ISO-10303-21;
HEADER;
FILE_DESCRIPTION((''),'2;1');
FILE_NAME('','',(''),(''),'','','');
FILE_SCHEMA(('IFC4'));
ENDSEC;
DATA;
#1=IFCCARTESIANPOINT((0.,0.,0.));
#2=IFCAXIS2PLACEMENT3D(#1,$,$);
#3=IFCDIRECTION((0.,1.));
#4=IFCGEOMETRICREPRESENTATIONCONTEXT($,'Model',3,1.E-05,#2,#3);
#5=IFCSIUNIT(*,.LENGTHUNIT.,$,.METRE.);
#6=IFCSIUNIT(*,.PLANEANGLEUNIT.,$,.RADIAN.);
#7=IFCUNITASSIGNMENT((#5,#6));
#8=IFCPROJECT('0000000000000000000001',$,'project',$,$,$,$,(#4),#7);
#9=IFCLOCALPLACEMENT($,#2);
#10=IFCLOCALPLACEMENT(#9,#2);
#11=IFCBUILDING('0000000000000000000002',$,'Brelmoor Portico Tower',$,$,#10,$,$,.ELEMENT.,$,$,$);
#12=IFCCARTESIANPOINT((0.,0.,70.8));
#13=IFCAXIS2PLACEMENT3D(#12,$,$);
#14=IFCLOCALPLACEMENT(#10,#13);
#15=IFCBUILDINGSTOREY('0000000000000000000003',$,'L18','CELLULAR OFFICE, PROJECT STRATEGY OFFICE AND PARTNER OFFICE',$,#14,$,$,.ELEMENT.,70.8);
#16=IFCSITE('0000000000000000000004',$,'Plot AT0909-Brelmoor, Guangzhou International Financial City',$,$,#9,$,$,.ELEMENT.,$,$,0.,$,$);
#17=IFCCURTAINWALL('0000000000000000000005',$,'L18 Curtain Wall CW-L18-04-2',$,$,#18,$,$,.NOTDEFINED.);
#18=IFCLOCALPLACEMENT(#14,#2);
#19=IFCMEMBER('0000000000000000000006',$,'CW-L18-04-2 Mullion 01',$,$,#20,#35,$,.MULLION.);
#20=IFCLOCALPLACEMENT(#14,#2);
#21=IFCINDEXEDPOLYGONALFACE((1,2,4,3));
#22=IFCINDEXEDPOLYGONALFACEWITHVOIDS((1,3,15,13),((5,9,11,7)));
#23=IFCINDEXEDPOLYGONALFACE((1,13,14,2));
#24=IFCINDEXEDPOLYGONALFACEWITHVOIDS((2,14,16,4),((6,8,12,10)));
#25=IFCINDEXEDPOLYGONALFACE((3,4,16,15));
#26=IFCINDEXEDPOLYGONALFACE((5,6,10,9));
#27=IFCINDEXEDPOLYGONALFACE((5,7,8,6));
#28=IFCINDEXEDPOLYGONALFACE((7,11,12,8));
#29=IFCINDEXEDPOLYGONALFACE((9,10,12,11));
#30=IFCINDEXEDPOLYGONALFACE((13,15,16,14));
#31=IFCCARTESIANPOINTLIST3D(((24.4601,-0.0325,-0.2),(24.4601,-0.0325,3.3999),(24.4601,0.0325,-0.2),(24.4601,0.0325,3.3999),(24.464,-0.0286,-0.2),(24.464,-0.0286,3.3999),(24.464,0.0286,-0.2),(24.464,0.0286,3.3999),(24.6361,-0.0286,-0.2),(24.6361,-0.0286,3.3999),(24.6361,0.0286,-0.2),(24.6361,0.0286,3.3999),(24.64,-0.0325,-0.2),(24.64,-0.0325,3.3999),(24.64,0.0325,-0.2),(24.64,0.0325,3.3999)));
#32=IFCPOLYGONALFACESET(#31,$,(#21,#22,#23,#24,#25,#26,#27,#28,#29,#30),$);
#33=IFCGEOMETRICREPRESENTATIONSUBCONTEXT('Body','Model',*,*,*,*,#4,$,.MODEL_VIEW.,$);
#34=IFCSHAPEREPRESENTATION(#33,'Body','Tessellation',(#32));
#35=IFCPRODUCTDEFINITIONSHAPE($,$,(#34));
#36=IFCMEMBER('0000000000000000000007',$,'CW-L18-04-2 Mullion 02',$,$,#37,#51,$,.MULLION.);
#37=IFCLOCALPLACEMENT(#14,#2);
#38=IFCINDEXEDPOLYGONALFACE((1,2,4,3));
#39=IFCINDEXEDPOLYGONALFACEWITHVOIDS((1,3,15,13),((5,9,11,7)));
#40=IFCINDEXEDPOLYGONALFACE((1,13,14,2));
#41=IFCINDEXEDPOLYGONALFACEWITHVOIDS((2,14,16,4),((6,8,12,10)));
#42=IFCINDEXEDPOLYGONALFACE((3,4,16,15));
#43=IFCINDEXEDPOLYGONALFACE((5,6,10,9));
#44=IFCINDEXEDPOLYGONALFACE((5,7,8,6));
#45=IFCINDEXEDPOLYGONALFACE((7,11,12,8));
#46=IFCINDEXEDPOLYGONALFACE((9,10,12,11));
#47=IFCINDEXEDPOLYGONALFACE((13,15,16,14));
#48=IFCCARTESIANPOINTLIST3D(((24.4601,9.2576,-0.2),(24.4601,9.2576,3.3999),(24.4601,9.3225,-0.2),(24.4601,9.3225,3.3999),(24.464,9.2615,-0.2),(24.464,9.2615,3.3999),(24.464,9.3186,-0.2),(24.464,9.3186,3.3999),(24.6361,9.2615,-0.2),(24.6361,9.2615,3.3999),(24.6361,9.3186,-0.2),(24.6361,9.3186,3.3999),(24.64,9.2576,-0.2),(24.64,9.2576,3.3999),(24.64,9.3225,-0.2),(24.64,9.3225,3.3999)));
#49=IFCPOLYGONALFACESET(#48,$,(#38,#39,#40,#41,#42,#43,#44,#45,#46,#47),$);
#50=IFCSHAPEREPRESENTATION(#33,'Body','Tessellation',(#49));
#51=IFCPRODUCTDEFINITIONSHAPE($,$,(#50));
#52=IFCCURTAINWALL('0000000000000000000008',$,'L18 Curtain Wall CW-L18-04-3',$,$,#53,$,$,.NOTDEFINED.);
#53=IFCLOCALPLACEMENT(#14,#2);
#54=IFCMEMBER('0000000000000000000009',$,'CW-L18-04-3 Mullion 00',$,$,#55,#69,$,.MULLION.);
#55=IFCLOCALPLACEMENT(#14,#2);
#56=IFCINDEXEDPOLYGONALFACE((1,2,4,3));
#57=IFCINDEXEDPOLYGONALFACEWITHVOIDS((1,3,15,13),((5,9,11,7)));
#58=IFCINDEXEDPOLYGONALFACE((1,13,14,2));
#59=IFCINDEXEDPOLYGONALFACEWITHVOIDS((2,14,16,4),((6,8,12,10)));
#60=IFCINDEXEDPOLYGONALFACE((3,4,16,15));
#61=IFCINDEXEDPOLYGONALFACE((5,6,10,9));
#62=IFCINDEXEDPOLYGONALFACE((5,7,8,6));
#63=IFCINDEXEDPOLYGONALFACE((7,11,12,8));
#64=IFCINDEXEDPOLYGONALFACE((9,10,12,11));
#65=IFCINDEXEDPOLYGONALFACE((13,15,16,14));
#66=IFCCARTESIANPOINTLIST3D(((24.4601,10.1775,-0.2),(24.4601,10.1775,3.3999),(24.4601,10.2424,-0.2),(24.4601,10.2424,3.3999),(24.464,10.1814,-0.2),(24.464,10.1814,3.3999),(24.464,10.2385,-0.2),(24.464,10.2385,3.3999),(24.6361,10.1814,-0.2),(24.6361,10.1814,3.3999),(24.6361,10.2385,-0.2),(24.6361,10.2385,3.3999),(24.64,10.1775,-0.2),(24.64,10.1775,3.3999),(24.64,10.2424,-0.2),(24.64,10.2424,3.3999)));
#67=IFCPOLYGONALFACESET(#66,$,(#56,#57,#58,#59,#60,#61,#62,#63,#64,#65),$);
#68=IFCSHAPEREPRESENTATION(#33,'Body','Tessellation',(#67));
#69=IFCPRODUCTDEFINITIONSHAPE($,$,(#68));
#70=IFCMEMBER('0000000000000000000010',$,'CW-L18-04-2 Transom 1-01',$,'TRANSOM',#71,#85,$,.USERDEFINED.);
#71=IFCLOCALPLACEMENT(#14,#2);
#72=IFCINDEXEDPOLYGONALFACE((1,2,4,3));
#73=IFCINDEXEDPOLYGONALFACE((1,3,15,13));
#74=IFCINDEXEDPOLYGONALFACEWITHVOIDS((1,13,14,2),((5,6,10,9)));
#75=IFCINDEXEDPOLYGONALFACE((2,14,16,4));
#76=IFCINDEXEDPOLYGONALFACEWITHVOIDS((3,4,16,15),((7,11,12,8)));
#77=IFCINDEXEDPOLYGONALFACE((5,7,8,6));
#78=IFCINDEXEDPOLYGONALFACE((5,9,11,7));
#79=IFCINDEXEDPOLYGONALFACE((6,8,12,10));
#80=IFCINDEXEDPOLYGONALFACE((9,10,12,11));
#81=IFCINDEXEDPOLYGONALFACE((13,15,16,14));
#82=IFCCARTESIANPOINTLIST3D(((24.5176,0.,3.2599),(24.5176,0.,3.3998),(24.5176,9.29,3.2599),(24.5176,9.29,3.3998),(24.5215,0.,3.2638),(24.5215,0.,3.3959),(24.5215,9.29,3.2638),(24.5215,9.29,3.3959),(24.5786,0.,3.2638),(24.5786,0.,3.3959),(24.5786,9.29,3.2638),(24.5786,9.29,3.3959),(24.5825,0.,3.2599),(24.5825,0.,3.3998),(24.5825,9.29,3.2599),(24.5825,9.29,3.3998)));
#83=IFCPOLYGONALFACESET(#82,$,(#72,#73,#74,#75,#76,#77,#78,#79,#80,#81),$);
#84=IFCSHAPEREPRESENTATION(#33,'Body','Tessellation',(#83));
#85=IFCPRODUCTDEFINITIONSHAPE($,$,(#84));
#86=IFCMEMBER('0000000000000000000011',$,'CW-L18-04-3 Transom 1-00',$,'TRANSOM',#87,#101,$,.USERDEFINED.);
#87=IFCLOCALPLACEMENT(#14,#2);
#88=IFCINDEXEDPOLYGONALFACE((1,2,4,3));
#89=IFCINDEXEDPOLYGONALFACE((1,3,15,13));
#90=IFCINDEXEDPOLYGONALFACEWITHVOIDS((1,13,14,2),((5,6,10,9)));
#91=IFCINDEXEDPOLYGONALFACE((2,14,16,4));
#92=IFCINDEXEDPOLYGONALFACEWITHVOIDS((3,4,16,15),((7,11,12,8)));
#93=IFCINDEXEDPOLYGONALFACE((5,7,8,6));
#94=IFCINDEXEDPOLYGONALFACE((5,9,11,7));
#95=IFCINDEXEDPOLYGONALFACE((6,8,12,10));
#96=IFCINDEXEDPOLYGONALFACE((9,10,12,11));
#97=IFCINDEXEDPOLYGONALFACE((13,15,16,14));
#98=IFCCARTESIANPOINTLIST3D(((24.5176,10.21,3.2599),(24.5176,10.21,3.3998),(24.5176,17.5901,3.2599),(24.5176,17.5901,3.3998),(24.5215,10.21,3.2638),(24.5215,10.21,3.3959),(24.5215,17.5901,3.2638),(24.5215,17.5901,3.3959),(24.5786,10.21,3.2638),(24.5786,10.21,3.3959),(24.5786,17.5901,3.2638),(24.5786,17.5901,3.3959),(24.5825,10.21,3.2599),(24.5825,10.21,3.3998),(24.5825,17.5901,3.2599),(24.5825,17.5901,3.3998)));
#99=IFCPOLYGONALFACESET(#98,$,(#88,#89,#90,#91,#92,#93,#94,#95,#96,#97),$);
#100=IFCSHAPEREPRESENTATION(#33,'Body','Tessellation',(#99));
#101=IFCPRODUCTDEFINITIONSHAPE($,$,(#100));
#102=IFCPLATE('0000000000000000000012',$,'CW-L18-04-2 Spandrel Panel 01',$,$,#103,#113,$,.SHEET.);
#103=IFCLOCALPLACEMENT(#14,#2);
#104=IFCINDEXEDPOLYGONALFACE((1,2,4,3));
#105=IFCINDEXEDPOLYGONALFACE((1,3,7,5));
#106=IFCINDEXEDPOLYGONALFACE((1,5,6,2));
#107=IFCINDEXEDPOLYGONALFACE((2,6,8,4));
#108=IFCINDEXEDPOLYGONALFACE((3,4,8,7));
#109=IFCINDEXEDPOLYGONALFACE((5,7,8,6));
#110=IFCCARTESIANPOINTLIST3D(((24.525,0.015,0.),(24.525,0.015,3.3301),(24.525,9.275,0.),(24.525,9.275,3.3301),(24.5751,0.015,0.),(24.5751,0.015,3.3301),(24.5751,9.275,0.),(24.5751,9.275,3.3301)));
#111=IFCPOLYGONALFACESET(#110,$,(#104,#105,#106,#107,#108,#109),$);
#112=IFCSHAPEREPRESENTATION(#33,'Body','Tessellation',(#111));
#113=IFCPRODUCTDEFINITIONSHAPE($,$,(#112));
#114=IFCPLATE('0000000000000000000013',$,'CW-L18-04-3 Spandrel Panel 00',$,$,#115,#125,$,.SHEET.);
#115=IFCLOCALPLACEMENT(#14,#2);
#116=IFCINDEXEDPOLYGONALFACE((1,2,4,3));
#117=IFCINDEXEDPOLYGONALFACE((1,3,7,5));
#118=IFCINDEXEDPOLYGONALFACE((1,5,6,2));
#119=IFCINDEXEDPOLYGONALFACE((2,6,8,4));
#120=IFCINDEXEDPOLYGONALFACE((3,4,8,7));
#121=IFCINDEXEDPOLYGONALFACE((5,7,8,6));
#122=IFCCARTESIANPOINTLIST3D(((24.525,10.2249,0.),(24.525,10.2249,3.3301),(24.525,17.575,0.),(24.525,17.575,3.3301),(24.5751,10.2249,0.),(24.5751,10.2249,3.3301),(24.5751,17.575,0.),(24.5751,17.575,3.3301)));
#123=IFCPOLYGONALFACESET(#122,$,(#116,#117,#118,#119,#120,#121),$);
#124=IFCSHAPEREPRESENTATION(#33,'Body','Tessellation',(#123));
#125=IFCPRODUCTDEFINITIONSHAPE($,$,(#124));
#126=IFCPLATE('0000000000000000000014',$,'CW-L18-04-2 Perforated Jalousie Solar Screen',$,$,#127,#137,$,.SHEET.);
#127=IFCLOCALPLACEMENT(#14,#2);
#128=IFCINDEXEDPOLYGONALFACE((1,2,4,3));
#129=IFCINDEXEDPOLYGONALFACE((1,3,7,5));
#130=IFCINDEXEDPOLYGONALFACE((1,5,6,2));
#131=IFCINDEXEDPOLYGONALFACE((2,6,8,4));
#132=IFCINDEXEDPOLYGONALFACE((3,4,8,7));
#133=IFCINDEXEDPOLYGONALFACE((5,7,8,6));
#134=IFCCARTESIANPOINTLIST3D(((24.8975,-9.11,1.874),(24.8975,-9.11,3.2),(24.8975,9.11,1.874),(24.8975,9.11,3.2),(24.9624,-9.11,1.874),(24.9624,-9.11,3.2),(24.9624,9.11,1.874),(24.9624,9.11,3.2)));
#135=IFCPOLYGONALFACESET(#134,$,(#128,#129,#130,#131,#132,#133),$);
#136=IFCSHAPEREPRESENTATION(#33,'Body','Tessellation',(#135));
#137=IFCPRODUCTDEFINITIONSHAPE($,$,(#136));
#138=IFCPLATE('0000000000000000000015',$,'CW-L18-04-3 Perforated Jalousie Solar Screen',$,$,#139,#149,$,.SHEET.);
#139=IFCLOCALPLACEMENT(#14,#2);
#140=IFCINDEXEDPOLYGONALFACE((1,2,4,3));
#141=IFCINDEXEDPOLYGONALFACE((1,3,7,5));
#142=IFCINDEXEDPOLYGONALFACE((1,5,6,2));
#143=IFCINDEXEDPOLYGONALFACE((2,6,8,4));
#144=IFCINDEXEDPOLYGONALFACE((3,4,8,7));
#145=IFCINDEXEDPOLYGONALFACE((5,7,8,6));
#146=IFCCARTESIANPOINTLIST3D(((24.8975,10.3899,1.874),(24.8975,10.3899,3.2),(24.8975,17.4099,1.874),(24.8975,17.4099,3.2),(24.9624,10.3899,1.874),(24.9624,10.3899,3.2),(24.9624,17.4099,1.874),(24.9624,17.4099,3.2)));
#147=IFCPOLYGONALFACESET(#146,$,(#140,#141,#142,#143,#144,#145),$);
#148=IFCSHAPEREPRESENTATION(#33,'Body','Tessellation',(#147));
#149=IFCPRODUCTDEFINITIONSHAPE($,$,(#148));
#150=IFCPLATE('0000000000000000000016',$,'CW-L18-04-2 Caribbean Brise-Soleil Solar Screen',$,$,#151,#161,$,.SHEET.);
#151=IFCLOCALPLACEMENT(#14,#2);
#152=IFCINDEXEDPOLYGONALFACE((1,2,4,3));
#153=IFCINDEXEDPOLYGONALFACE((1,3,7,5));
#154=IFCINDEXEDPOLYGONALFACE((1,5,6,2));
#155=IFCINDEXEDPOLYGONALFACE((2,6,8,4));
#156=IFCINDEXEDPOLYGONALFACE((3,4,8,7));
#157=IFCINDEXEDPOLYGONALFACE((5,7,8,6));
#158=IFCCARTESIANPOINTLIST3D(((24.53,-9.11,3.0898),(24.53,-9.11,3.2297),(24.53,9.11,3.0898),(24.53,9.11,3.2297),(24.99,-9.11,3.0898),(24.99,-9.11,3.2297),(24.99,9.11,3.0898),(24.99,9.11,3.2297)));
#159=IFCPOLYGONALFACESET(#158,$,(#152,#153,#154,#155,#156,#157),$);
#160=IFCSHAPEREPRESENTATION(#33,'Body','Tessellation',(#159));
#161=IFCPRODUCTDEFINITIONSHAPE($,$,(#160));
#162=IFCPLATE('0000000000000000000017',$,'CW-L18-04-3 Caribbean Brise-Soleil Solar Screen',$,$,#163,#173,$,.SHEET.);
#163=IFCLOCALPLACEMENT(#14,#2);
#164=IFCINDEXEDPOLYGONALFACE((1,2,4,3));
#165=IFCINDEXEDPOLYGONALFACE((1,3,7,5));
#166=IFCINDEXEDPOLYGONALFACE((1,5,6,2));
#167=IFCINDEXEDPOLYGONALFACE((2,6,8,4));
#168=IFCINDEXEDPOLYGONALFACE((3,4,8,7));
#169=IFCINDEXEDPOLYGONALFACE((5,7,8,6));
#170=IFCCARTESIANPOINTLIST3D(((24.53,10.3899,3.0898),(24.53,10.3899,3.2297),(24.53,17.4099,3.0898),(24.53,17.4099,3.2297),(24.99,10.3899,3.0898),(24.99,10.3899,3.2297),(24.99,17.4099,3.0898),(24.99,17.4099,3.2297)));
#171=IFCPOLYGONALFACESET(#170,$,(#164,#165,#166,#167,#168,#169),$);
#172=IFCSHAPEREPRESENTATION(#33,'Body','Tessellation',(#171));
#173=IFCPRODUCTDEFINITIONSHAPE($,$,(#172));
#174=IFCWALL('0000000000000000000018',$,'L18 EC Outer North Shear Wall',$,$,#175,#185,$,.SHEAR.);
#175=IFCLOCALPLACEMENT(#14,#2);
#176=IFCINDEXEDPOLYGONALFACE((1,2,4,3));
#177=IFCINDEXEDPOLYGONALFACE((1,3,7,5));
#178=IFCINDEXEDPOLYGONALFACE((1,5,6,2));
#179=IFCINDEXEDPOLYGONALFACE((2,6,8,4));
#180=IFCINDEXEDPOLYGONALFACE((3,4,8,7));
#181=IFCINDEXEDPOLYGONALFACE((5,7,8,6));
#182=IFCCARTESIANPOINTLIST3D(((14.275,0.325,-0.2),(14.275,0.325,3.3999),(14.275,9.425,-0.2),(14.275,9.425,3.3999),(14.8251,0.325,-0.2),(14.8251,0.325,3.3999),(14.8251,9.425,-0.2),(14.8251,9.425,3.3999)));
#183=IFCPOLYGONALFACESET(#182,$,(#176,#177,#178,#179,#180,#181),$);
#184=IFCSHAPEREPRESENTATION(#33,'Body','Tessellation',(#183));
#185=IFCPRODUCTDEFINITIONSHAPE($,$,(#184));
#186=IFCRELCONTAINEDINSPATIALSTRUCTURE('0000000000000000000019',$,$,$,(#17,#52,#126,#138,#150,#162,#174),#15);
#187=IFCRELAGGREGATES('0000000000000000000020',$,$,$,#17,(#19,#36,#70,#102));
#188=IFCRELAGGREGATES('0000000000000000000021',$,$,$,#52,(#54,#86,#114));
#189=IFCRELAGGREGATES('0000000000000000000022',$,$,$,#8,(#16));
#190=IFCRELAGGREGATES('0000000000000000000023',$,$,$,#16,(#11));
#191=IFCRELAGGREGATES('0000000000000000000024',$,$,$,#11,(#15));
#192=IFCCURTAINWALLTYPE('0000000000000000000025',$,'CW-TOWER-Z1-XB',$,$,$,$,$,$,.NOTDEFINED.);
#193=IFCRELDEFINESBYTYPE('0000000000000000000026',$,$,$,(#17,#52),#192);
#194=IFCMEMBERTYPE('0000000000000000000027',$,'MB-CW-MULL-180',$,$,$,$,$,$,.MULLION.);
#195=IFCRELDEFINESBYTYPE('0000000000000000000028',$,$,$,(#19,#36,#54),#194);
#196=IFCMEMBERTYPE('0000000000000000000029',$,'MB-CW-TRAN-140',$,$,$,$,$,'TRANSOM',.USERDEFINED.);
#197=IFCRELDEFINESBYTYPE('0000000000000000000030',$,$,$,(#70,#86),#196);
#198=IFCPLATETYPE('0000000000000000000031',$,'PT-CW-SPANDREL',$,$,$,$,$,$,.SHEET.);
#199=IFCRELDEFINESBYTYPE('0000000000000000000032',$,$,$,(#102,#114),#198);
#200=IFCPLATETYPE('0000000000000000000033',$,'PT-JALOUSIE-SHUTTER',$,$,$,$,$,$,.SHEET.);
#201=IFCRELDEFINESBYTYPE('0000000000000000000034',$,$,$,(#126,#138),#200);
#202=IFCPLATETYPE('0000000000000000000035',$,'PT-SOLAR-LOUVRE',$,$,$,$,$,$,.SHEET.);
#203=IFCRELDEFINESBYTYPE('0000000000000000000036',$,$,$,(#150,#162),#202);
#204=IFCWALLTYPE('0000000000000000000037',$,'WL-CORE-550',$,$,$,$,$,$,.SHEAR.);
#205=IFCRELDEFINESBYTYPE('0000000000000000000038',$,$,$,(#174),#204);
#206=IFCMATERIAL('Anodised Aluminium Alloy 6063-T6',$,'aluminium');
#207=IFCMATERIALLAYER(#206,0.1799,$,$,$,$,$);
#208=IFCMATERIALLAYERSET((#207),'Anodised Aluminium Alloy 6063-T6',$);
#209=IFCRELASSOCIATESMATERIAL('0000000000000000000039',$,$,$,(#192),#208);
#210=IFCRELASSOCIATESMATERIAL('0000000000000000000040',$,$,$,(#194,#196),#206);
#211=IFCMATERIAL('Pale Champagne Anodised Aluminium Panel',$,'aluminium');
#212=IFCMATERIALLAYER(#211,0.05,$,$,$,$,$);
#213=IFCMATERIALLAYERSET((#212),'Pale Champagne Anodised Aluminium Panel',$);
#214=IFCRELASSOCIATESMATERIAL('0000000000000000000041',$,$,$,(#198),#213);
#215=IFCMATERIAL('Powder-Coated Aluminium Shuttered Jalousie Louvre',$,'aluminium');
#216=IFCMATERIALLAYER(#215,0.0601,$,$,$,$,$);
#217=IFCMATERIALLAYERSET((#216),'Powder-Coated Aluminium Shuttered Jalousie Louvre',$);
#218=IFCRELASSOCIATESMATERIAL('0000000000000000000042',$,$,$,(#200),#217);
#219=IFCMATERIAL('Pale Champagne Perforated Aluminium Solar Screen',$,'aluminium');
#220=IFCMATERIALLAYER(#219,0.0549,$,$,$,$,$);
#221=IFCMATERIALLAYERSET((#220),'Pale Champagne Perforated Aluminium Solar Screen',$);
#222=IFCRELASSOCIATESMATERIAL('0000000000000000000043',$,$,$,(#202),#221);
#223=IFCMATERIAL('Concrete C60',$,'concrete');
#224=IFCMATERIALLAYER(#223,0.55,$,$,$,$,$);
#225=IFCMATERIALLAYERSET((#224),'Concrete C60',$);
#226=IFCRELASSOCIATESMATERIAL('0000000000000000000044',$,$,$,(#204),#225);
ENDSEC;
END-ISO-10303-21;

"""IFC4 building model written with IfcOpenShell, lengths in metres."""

from ifc_helpers import new_model, si_unit, direction, frame, frame_2d, origin, origin_2d, place, context, subcontext, project, spatial, rectangle, hollow_rectangle, extrude, material, layer, layer_set, material_profile, profile_set, type_object, element, aggregate, save


model = new_model("IFC4")

# Units and contexts
model_context = context("Model", 3, precision=1e-05, world=origin(), true_north=direction((0.0, 1.0)))
body_context = subcontext(model_context, "Body", "Model", "MODEL_VIEW")
ifc_project = project(units=[si_unit("LENGTHUNIT", "METRE"), si_unit("PLANEANGLEUNIT", "RADIAN")], contexts=[model_context])

# Site, building, storey
site_placement = place(None, origin())
site = spatial("IfcSite", under=ifc_project, at=site_placement, Name="Plot AT0909-Brelmoor, Guangzhou International Financial City", CompositionType="ELEMENT", RefElevation=0.0)
building_placement = place(site_placement, origin())
building = spatial("IfcBuilding", under=site, at=building_placement, Name="Brelmoor Portico Tower", CompositionType="ELEMENT")
storey_placement = place(building_placement, frame((0.0, 0.0, 70.8)))
storey = spatial("IfcBuildingStorey", under=building, at=storey_placement, Name="L18", Description="CELLULAR OFFICE, PROJECT STRATEGY OFFICE AND PARTNER OFFICE", CompositionType="ELEMENT", Elevation=70.8)

# Curtain wall, members
ifc_material_1 = material(Name="Anodised Aluminium Alloy 6063-T6", Category="aluminium")
ifc_layer_1 = layer(ifc_material_1, 0.1799)
ifc_layer_set_1 = layer_set([ifc_layer_1], Name="Anodised Aluminium Alloy 6063-T6")
curtain_wall_type = type_object("IfcCurtainWallType", Name="CW-TOWER-Z1-XB", PredefinedType="NOTDEFINED", material=ifc_layer_set_1)
curtain_wall_1_placement = place(storey_placement, origin())
curtain_wall_1 = element("IfcCurtainWall", 1, at=curtain_wall_1_placement, inside=storey, type_object=curtain_wall_type, Name="L18 Curtain Wall CW-L18-04-2", PredefinedType="NOTDEFINED")
ifc_material_profile_1 = material_profile(ifc_material_1, hollow_rectangle(XDim=0.0649, YDim=0.1799, WallThickness=0.0039, at=origin_2d()), Name="ALU MULLION 65x180")
ifc_profile_set_1 = profile_set([ifc_material_profile_1], Name="Anodised Aluminium Alloy 6063-T6")
member_type_1 = type_object("IfcMemberType", Name="MB-CW-MULL-180", PredefinedType="MULLION", material=ifc_profile_set_1)
member_1_placement = place(storey_placement, frame((24.55, 0.0, -0.2), z_axis=(0.0, 0.0, 1.0), x_axis=(0.0, 1.0, 0.0)))
member_1 = element("IfcMember", 2, at=member_1_placement, type_object=member_type_1, Name="CW-L18-04-2 Mullion 01", PredefinedType="MULLION", context=body_context, shape_type="SweptSolid", body=[
    extrude(hollow_rectangle(XDim=0.0649, YDim=0.1799, WallThickness=0.0039, at=origin_2d()), origin(), (0.0, 0.0, 1.0), 3.5999),
])
member_2_placement = place(storey_placement, frame((24.55, 9.29, -0.2), z_axis=(0.0, 0.0, 1.0), x_axis=(0.0, 1.0, 0.0)))
member_2 = element("IfcMember", 3, at=member_2_placement, type_object=member_type_1, Name="CW-L18-04-2 Mullion 02", PredefinedType="MULLION", context=body_context, shape_type="SweptSolid", body=[
    extrude(hollow_rectangle(XDim=0.0649, YDim=0.1799, WallThickness=0.0039, at=origin_2d()), origin(), (0.0, 0.0, 1.0), 3.5999),
])

# Curtain wall, member
curtain_wall_2_placement = place(storey_placement, origin())
curtain_wall_2 = element("IfcCurtainWall", 4, at=curtain_wall_2_placement, inside=storey, type_object=curtain_wall_type, Name="L18 Curtain Wall CW-L18-04-3", PredefinedType="NOTDEFINED")
member_3_placement = place(storey_placement, frame((24.55, 10.21, -0.2), z_axis=(0.0, 0.0, 1.0), x_axis=(0.0, 1.0, 0.0)))
member_3 = element("IfcMember", 5, at=member_3_placement, type_object=member_type_1, Name="CW-L18-04-3 Mullion 00", PredefinedType="MULLION", context=body_context, shape_type="SweptSolid", body=[
    extrude(hollow_rectangle(XDim=0.0649, YDim=0.1799, WallThickness=0.0039, at=origin_2d()), origin(), (0.0, 0.0, 1.0), 3.5999),
])

# Members
ifc_material_profile_2 = material_profile(ifc_material_1, hollow_rectangle(XDim=0.0649, YDim=0.1399, WallThickness=0.0039, at=origin_2d()), Name="ALU TRANSOM 65x140")
ifc_profile_set_2 = profile_set([ifc_material_profile_2], Name="Anodised Aluminium Alloy 6063-T6")
member_type_2 = type_object("IfcMemberType", Name="MB-CW-TRAN-140", ElementType="TRANSOM", PredefinedType="USERDEFINED", material=ifc_profile_set_2)
member_4_placement = place(storey_placement, frame((24.55, 0.0, 3.3298), z_axis=(0.0, 1.0, 0.0), x_axis=(-1.0, 0.0, 0.0)))
member_4 = element("IfcMember", 6, at=member_4_placement, type_object=member_type_2, Name="CW-L18-04-2 Transom 1-01", ObjectType="TRANSOM", PredefinedType="USERDEFINED", context=body_context, shape_type="SweptSolid", body=[
    extrude(hollow_rectangle(XDim=0.0649, YDim=0.1399, WallThickness=0.0039, at=origin_2d()), origin(), (0.0, 0.0, 1.0), 9.29),
])
member_5_placement = place(storey_placement, frame((24.55, 10.21, 3.3298), z_axis=(0.0, 1.0, 0.0), x_axis=(-1.0, 0.0, 0.0)))
member_5 = element("IfcMember", 7, at=member_5_placement, type_object=member_type_2, Name="CW-L18-04-3 Transom 1-00", ObjectType="TRANSOM", PredefinedType="USERDEFINED", context=body_context, shape_type="SweptSolid", body=[
    extrude(hollow_rectangle(XDim=0.0649, YDim=0.1399, WallThickness=0.0039, at=origin_2d()), origin(), (0.0, 0.0, 1.0), 7.3801),
])

# Plates
ifc_material_2 = material(Name="Pale Champagne Anodised Aluminium Panel", Category="aluminium")
ifc_layer_2 = layer(ifc_material_2, 0.05)
ifc_layer_set_2 = layer_set([ifc_layer_2], Name="Pale Champagne Anodised Aluminium Panel")
plate_type_1 = type_object("IfcPlateType", Name="PT-CW-SPANDREL", PredefinedType="SHEET", material=ifc_layer_set_2)
plate_1_placement = place(storey_placement, frame((24.55, 4.645, 0.0), z_axis=(0.0, 0.0, 1.0), x_axis=(0.0, 1.0, 0.0)))
plate_1 = element("IfcPlate", 8, at=plate_1_placement, type_object=plate_type_1, Name="CW-L18-04-2 Spandrel Panel 01", PredefinedType="SHEET", context=body_context, shape_type="SweptSolid", body=[
    extrude(rectangle(XDim=9.26, YDim=0.05, at=origin_2d()), origin(), (0.0, 0.0, 1.0), 3.3301),
])
aggregate(curtain_wall_1, [member_1, member_2, member_4, plate_1])
plate_2_placement = place(storey_placement, frame((24.55, 13.8999, 0.0), z_axis=(0.0, 0.0, 1.0), x_axis=(0.0, 1.0, 0.0)))
plate_2 = element("IfcPlate", 9, at=plate_2_placement, type_object=plate_type_1, Name="CW-L18-04-3 Spandrel Panel 00", PredefinedType="SHEET", context=body_context, shape_type="SweptSolid", body=[
    extrude(rectangle(XDim=7.3501, YDim=0.05, at=origin_2d()), origin(), (0.0, 0.0, 1.0), 3.3301),
])
aggregate(curtain_wall_2, [member_3, member_5, plate_2])

# Plates
ifc_material_3 = material(Name="Powder-Coated Aluminium Shuttered Jalousie Louvre", Category="aluminium")
ifc_layer_3 = layer(ifc_material_3, 0.0601)
ifc_layer_set_3 = layer_set([ifc_layer_3], Name="Powder-Coated Aluminium Shuttered Jalousie Louvre")
plate_type_2 = type_object("IfcPlateType", Name="PT-JALOUSIE-SHUTTER", PredefinedType="SHEET", material=ifc_layer_set_3)
plate_3_placement = place(storey_placement, frame((24.9299, 0.0, 1.874), z_axis=(0.0, 0.0, 1.0), x_axis=(0.0, 1.0, 0.0)))
element("IfcPlate", 10, at=plate_3_placement, inside=storey, type_object=plate_type_2, Name="CW-L18-04-2 Perforated Jalousie Solar Screen", PredefinedType="SHEET", context=body_context, shape_type="SweptSolid", body=[
    extrude(rectangle(XDim=18.22, YDim=0.0649, at=origin_2d()), origin(), (0.0, 0.0, 1.0), 1.3259),
])
plate_4_placement = place(storey_placement, frame((24.9299, 13.8999, 1.874), z_axis=(0.0, 0.0, 1.0), x_axis=(0.0, 1.0, 0.0)))
element("IfcPlate", 11, at=plate_4_placement, inside=storey, type_object=plate_type_2, Name="CW-L18-04-3 Perforated Jalousie Solar Screen", PredefinedType="SHEET", context=body_context, shape_type="SweptSolid", body=[
    extrude(rectangle(XDim=7.02, YDim=0.0649, at=origin_2d()), origin(), (0.0, 0.0, 1.0), 1.3259),
])
ifc_material_4 = material(Name="Pale Champagne Perforated Aluminium Solar Screen", Category="aluminium")
ifc_layer_4 = layer(ifc_material_4, 0.0549)
ifc_layer_set_4 = layer_set([ifc_layer_4], Name="Pale Champagne Perforated Aluminium Solar Screen")
plate_type_3 = type_object("IfcPlateType", Name="PT-SOLAR-LOUVRE", PredefinedType="SHEET", material=ifc_layer_set_4)
plate_5_placement = place(storey_placement, frame((24.76, 0.0, 3.0898), z_axis=(0.0, 0.0, 1.0), x_axis=(0.0, 1.0, 0.0)))
element("IfcPlate", 12, at=plate_5_placement, inside=storey, type_object=plate_type_3, Name="CW-L18-04-2 Caribbean Brise-Soleil Solar Screen", PredefinedType="SHEET", context=body_context, shape_type="SweptSolid", body=[
    extrude(rectangle(XDim=18.22, YDim=0.46, at=origin_2d()), origin(), (0.0, 0.0, 1.0), 0.1399),
])
plate_6_placement = place(storey_placement, frame((24.76, 13.8999, 3.0898), z_axis=(0.0, 0.0, 1.0), x_axis=(0.0, 1.0, 0.0)))
element("IfcPlate", 13, at=plate_6_placement, inside=storey, type_object=plate_type_3, Name="CW-L18-04-3 Caribbean Brise-Soleil Solar Screen", PredefinedType="SHEET", context=body_context, shape_type="SweptSolid", body=[
    extrude(rectangle(XDim=7.02, YDim=0.46, at=origin_2d()), origin(), (0.0, 0.0, 1.0), 0.1399),
])

# Wall
ifc_material_5 = material(Name="Concrete C60", Category="concrete")
ifc_layer_5 = layer(ifc_material_5, 0.55)
ifc_layer_set_5 = layer_set([ifc_layer_5], Name="Concrete C60")
wall_type_1 = type_object("IfcWallType", Name="WL-CORE-550", PredefinedType="SHEAR", material=ifc_layer_set_5)
wall_1_placement = place(storey_placement, frame((14.55, 0.325, -0.2), z_axis=(0.0, 0.0, 1.0), x_axis=(0.0, 1.0, 0.0)))
element("IfcWall", 14, at=wall_1_placement, inside=storey, type_object=wall_type_1, Name="L18 EC Outer North Shear Wall", PredefinedType="SHEAR", context=body_context, shape_type="SweptSolid", body=[
    extrude(rectangle(XDim=9.1001, YDim=0.55, at=frame_2d((4.55, 0.0))), origin(), (0.0, 0.0, 1.0), 3.5999),
])

save(model, "model.ifc")
